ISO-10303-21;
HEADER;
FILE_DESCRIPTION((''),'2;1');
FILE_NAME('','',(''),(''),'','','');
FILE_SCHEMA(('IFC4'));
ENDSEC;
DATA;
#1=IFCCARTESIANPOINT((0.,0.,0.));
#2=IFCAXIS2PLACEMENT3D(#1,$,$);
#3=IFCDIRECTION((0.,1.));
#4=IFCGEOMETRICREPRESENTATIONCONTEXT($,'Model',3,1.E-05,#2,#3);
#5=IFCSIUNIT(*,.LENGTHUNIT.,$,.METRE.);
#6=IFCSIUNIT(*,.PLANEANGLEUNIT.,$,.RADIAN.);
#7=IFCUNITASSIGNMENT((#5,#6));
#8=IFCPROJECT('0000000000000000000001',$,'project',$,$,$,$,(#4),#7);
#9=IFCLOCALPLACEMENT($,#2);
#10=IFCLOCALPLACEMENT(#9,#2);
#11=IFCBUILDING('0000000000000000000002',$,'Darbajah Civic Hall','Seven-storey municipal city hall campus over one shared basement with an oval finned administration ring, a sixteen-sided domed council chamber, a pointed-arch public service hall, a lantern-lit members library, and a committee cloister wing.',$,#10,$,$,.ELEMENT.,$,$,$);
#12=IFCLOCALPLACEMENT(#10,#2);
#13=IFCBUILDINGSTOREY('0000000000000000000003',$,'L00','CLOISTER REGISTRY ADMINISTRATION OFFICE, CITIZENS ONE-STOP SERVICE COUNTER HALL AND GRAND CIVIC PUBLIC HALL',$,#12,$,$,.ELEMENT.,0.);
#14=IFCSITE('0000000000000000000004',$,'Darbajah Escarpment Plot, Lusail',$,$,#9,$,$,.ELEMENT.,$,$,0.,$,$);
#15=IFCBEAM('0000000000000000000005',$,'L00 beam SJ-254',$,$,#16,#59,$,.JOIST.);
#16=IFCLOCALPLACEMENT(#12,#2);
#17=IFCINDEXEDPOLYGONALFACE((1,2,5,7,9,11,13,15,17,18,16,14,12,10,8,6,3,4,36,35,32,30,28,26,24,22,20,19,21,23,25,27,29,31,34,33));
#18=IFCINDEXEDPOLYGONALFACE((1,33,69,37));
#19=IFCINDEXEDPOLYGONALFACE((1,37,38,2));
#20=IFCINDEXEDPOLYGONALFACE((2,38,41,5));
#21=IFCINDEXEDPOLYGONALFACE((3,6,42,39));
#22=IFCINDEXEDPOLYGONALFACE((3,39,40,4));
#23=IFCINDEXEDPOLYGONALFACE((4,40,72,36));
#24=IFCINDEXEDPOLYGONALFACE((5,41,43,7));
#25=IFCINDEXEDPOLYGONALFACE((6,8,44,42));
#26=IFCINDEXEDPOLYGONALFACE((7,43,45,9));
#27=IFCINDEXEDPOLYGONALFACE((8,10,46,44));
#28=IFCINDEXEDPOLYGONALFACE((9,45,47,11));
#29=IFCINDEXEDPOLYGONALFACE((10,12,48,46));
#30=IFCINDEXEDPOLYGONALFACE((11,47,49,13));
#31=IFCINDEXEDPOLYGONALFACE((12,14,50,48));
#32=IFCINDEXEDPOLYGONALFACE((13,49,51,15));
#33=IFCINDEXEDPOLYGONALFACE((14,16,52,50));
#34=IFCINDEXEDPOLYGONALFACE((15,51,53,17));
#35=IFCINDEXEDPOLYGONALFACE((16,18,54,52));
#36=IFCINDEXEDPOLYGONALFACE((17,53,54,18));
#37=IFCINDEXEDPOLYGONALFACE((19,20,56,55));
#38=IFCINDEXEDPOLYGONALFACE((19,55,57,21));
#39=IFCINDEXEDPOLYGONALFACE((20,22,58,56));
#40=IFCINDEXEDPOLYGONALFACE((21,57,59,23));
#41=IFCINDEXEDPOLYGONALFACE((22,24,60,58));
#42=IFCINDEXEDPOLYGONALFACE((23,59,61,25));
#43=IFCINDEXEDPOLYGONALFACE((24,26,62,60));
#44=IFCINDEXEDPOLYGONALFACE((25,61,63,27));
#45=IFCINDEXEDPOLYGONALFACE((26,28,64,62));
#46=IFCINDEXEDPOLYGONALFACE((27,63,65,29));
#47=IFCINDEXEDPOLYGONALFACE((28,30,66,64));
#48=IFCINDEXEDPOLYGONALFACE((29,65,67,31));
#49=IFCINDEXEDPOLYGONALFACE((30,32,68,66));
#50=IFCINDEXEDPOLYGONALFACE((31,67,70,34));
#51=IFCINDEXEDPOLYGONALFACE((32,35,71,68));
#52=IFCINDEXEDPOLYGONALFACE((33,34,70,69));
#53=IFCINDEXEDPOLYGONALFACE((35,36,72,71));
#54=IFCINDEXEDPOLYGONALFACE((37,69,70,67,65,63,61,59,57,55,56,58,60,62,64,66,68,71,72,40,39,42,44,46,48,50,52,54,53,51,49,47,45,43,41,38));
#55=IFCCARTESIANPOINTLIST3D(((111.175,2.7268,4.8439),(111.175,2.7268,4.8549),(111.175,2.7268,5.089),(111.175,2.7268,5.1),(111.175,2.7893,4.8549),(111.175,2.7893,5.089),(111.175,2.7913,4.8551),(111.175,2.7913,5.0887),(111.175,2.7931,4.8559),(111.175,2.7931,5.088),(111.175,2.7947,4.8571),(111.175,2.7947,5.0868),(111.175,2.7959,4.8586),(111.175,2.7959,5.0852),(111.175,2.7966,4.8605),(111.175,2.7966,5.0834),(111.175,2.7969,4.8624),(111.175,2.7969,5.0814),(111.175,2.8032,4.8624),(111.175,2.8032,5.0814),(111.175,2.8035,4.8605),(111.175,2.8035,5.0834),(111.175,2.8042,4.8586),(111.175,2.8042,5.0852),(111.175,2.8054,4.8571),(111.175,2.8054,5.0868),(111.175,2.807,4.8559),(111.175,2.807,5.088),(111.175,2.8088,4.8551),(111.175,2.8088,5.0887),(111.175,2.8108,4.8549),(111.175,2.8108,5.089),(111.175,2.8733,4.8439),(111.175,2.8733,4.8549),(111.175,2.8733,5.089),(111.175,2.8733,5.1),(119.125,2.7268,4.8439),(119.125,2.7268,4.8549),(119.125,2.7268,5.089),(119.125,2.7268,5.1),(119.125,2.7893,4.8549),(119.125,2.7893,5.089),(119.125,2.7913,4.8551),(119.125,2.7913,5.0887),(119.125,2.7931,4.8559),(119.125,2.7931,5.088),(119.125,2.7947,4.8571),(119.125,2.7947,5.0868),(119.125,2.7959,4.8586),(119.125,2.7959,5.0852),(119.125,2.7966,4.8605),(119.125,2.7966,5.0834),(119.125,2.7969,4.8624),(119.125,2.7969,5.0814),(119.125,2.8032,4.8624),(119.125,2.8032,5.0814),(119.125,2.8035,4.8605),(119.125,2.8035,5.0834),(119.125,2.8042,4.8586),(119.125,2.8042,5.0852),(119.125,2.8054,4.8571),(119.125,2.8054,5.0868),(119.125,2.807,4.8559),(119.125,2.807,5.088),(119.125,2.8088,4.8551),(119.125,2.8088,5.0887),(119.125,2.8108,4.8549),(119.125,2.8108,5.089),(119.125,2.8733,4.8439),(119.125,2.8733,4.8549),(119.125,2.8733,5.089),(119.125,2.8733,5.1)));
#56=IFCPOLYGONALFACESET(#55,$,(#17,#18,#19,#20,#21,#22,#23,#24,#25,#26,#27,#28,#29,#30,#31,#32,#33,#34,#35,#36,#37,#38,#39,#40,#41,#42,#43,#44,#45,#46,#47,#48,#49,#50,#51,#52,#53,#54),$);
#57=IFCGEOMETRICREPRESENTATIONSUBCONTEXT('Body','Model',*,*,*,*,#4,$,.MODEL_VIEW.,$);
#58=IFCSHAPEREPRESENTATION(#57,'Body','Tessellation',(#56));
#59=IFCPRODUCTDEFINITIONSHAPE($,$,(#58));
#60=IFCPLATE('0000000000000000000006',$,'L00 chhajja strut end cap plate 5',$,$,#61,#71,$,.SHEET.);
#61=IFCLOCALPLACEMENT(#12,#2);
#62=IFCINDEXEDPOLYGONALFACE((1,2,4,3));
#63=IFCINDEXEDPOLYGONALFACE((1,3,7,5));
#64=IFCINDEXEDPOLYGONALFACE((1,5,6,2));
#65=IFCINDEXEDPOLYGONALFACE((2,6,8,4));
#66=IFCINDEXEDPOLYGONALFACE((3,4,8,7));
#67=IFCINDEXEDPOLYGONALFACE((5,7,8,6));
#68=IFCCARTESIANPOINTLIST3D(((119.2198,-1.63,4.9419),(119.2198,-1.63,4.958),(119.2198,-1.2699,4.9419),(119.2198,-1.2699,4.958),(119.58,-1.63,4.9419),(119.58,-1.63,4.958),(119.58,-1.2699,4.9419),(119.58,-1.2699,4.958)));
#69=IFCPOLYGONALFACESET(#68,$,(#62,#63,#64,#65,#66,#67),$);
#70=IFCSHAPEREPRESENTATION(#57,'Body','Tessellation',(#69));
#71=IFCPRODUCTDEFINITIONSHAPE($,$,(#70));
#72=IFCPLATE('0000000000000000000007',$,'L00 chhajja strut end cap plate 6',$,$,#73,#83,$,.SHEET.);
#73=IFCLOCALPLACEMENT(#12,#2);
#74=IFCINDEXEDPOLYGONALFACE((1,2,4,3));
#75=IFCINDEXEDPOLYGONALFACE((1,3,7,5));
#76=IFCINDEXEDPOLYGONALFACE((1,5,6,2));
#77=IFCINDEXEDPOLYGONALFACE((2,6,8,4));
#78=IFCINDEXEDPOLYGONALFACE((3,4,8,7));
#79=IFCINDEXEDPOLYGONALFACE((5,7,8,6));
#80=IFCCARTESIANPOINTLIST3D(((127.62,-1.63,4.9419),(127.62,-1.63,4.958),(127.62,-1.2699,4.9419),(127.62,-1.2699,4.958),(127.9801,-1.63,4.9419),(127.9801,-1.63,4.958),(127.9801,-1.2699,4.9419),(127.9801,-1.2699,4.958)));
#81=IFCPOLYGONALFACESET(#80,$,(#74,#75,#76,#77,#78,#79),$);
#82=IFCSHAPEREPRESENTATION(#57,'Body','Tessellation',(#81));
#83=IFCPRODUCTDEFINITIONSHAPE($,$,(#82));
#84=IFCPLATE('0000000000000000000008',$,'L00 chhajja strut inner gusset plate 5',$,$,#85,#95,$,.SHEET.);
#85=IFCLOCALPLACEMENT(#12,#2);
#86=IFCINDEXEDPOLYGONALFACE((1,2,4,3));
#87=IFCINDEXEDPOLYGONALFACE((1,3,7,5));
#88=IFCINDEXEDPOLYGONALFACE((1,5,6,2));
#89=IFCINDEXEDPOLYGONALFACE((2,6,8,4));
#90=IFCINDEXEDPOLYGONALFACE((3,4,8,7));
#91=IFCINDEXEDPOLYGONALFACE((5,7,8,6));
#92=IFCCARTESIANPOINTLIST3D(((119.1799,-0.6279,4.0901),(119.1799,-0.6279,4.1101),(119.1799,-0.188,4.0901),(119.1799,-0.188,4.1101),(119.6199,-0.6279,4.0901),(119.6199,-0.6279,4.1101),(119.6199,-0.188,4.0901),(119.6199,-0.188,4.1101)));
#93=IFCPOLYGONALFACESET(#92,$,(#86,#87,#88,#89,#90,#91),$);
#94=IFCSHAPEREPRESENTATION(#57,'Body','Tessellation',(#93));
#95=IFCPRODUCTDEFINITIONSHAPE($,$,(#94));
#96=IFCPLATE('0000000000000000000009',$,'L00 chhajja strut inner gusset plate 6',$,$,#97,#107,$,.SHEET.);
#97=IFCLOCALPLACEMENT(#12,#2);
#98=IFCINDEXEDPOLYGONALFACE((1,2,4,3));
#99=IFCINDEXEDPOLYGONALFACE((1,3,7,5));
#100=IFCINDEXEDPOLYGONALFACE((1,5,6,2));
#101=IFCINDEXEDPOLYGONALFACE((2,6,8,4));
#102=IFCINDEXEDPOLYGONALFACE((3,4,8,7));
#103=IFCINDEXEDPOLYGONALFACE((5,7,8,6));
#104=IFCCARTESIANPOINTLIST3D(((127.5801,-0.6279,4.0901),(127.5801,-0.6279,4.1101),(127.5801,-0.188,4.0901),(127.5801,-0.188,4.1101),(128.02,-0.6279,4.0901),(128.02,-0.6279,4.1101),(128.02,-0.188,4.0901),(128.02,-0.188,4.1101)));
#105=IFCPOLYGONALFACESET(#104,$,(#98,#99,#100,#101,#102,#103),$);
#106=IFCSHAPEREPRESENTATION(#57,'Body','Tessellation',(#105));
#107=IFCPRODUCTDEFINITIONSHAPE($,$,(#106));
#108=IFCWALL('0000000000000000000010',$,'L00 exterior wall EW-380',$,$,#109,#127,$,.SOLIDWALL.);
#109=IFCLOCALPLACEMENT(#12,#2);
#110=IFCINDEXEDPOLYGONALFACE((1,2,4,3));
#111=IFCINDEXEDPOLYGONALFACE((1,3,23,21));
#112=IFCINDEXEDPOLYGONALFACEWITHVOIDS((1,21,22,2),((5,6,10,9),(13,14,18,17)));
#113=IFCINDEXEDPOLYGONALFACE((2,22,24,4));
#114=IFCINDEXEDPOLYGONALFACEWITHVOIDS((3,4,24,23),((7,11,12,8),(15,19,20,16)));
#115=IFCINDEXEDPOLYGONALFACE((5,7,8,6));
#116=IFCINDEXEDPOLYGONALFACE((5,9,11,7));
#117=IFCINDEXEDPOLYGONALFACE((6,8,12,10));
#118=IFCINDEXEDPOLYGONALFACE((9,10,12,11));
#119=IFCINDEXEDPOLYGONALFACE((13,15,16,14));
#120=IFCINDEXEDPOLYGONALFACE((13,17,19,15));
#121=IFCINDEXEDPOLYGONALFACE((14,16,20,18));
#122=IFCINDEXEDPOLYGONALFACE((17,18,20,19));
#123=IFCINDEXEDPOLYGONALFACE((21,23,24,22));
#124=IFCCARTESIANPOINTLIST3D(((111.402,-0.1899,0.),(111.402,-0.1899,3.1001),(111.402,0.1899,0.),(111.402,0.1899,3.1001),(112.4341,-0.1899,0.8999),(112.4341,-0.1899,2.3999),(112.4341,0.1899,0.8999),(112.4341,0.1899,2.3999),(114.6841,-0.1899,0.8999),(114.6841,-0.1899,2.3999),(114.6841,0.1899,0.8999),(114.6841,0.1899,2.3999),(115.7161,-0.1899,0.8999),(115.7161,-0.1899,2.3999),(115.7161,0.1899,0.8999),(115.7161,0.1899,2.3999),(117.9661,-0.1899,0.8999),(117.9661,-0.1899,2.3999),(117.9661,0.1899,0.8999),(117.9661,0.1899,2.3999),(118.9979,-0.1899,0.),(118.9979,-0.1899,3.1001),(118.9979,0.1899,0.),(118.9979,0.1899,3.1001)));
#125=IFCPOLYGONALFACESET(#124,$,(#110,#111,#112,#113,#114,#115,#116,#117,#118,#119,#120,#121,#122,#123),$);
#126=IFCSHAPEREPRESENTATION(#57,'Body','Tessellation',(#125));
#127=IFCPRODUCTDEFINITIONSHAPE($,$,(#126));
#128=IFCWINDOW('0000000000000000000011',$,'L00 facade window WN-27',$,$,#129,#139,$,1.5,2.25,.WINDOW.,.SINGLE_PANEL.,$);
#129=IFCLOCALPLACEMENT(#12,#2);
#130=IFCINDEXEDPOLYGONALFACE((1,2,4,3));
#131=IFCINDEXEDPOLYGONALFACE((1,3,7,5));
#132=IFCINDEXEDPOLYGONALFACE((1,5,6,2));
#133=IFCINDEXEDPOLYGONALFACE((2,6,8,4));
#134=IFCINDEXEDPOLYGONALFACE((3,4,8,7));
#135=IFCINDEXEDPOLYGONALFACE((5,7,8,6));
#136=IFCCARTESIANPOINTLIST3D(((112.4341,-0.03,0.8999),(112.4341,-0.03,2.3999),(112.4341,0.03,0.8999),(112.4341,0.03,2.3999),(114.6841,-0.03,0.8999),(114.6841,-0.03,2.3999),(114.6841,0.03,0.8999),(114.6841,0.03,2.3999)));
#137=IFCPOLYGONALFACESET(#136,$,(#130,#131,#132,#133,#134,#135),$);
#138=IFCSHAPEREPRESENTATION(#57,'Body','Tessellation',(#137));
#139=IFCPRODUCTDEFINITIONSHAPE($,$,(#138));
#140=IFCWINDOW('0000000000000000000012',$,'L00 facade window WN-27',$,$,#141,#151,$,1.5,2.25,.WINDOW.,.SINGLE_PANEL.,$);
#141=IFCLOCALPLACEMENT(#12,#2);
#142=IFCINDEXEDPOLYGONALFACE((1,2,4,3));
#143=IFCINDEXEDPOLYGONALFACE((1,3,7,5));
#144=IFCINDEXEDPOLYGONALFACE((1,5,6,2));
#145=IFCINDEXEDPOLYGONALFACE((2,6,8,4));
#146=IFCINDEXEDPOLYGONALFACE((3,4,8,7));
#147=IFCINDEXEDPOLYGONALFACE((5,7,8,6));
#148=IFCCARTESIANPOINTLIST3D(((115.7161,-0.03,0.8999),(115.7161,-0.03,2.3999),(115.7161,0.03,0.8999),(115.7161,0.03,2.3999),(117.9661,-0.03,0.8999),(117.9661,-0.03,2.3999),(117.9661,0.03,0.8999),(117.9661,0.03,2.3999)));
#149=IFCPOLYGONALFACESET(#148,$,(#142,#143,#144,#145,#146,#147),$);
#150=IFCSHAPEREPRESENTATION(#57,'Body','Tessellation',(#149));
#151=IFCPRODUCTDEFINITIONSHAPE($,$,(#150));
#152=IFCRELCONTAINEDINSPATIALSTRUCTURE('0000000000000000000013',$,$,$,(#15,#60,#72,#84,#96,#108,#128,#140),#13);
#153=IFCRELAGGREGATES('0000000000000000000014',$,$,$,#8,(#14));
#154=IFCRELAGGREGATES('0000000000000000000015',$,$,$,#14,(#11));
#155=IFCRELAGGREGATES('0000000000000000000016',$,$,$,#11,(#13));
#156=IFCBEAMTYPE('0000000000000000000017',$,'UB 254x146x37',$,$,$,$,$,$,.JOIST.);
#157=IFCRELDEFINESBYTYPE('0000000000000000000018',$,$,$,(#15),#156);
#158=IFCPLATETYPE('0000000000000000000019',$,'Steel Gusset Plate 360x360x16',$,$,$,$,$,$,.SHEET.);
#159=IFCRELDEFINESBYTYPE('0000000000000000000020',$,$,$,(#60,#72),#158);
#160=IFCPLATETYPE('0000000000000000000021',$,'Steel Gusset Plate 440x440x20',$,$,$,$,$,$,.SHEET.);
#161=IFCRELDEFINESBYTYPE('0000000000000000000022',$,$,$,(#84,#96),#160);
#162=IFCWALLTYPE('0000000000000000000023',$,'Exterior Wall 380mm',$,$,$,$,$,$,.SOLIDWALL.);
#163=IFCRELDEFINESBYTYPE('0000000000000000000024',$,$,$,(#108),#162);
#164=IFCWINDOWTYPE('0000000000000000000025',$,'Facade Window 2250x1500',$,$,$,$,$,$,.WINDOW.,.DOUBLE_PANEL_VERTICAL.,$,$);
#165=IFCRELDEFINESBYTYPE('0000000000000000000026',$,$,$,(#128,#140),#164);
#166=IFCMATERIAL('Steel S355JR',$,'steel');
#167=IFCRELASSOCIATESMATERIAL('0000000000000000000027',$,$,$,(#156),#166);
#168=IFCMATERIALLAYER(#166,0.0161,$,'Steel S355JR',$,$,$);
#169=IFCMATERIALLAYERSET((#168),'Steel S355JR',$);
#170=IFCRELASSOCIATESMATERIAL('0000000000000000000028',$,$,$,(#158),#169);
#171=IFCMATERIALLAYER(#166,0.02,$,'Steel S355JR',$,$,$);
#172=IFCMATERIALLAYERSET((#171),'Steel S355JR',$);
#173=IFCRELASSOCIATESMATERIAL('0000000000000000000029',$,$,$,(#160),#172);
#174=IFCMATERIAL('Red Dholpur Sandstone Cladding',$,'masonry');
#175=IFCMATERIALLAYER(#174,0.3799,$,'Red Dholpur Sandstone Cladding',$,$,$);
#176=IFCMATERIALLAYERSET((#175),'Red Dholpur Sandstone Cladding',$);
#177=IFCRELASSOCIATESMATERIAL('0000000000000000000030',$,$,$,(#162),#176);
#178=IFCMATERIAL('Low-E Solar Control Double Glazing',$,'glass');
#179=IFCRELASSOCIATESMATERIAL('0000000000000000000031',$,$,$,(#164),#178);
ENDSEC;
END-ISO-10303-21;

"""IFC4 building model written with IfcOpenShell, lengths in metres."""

from ifc_helpers import new_model, si_unit, direction, frame, frame_2d, origin, origin_2d, place, context, subcontext, project, spatial, rectangle, i_section, extrude, material, layer, layer_set, material_profile, profile_set, type_object, element, fill, save


model = new_model("IFC4")

# Units and contexts
model_context = context("Model", 3, precision=1e-05, world=origin(), true_north=direction((0.0, 1.0)))
body_context = subcontext(model_context, "Body", "Model", "MODEL_VIEW")
ifc_project = project(units=[si_unit("LENGTHUNIT", "METRE"), si_unit("PLANEANGLEUNIT", "RADIAN")], contexts=[model_context])

# Site, building, storey
site_placement = place(None, origin())
site = spatial("IfcSite", under=ifc_project, at=site_placement, Name="Darbajah Escarpment Plot, Lusail", CompositionType="ELEMENT", RefElevation=0.0)
building_placement = place(site_placement, origin())
building = spatial("IfcBuilding", under=site, at=building_placement, Name="Darbajah Civic Hall", Description="Seven-storey municipal city hall campus over one shared basement with an oval finned administration ring, a sixteen-sided domed council chamber, a pointed-arch public service hall, a lantern-lit members library, and a committee cloister wing.", CompositionType="ELEMENT")
storey_placement = place(building_placement, origin())
storey = spatial("IfcBuildingStorey", under=building, at=storey_placement, Name="L00", Description="CLOISTER REGISTRY ADMINISTRATION OFFICE, CITIZENS ONE-STOP SERVICE COUNTER HALL AND GRAND CIVIC PUBLIC HALL", CompositionType="ELEMENT", Elevation=0.0)

# Shared definitions
ifc_material_1 = material(Name="Steel S355JR", Category="steel")

# Beam
ifc_material_profile_1 = material_profile(ifc_material_1, i_section(OverallWidth=0.1465, OverallDepth=0.2561, WebThickness=0.0063, FlangeThickness=0.011, FilletRadius=0.0076, at=origin_2d()), Name="UB 254x146x37")
ifc_profile_set_1 = profile_set([ifc_material_profile_1], Name="Steel S355JR")
beam_type_1 = type_object("IfcBeamType", Name="UB 254x146x37", PredefinedType="JOIST", material=ifc_profile_set_1)
beam_1_placement = place(storey_placement, frame((111.175, 2.8, 4.9719), z_axis=(1.0, 0.0, 0.0), x_axis=(0.0, 1.0, 0.0)))
element("IfcBeam", 1, at=beam_1_placement, inside=storey, type_object=beam_type_1, Name="L00 beam SJ-254", PredefinedType="JOIST", context=body_context, shape_type="SweptSolid", body=[
    extrude(i_section(OverallWidth=0.1465, OverallDepth=0.2561, WebThickness=0.0063, FlangeThickness=0.011, FilletRadius=0.0076, at=origin_2d()), origin(), (0.0, 0.0, 1.0), 7.95),
])

# Plates
ifc_layer_1 = layer(ifc_material_1, 0.0161, Name="Steel S355JR")
ifc_layer_set_1 = layer_set([ifc_layer_1], Name="Steel S355JR")
plate_type_1 = type_object("IfcPlateType", Name="Steel Gusset Plate 360x360x16", PredefinedType="SHEET", material=ifc_layer_set_1)
for number, where, z_axis, x_axis, name in (
    (2, (119.3999, -1.45, 4.9419), (0.0, 0.0, 1.0), (1.0, 0.0, 0.0), "L00 chhajja strut end cap plate 5"),
    (3, (127.8, -1.45, 4.9419), (0.0, 0.0, 1.0), (1.0, 0.0, 0.0), "L00 chhajja strut end cap plate 6"),
):
    element("IfcPlate", number, at=place(storey_placement, frame(where, z_axis=z_axis, x_axis=x_axis)), inside=storey, type_object=plate_type_1, Name=name, PredefinedType="SHEET", context=body_context, shape_type="SweptSolid", body=[
        extrude(rectangle(XDim=0.3601, YDim=0.3601, at=origin_2d()), origin(), (0.0, 0.0, 1.0), 0.0161),
    ])
ifc_layer_2 = layer(ifc_material_1, 0.02, Name="Steel S355JR")
ifc_layer_set_2 = layer_set([ifc_layer_2], Name="Steel S355JR")
plate_type_2 = type_object("IfcPlateType", Name="Steel Gusset Plate 440x440x20", PredefinedType="SHEET", material=ifc_layer_set_2)
for number, where, z_axis, x_axis, name in (
    (4, (119.3999, -0.408, 4.0901), (0.0, 0.0, 1.0), (1.0, 0.0, 0.0), "L00 chhajja strut inner gusset plate 5"),
    (5, (127.8, -0.408, 4.0901), (0.0, 0.0, 1.0), (1.0, 0.0, 0.0), "L00 chhajja strut inner gusset plate 6"),
):
    element("IfcPlate", number, at=place(storey_placement, frame(where, z_axis=z_axis, x_axis=x_axis)), inside=storey, type_object=plate_type_2, Name=name, PredefinedType="SHEET", context=body_context, shape_type="SweptSolid", body=[
        extrude(rectangle(XDim=0.4399, YDim=0.4399, at=origin_2d()), origin(), (0.0, 0.0, 1.0), 0.02),
    ])

# Wall, openings, windows
ifc_material_2 = material(Name="Red Dholpur Sandstone Cladding", Category="masonry")
ifc_layer_3 = layer(ifc_material_2, 0.3799, Name="Red Dholpur Sandstone Cladding")
ifc_layer_set_3 = layer_set([ifc_layer_3], Name="Red Dholpur Sandstone Cladding")
wall_type = type_object("IfcWallType", Name="Exterior Wall 380mm", PredefinedType="SOLIDWALL", material=ifc_layer_set_3)
wall_1_placement = place(storey_placement, frame((111.4021, 0.0, 0.0), z_axis=(0.0, 0.0, 1.0), x_axis=(1.0, 0.0, 0.0)))
wall_1 = element("IfcWall", 6, at=wall_1_placement, inside=storey, type_object=wall_type, Name="L00 exterior wall EW-380", PredefinedType="SOLIDWALL", context=body_context, shape_type="SweptSolid", body=[
    extrude(rectangle(XDim=7.5959, YDim=0.3799, at=frame_2d((3.7979, 0.0))), origin(), (0.0, 0.0, 1.0), 3.1001),
])
opening_1_placement = place(wall_1_placement, frame((1.032, 0.0, 0.8999)))
opening_1 = element("IfcOpeningElement", 7, at=opening_1_placement, cuts=wall_1, PredefinedType="OPENING", context=body_context, shape_type="SweptSolid", body=[
    extrude(rectangle(XDim=2.25, YDim=1.5, at=frame_2d((1.125, 0.75))), frame((0.0, 0.2, 0.0), z_axis=(0.0, -1.0, 0.0), x_axis=(1.0, 0.0, 0.0)), (0.0, 0.0, 1.0), 0.3999),
])
opening_2_placement = place(wall_1_placement, frame((4.314, 0.0, 0.8999)))
opening_2 = element("IfcOpeningElement", 8, at=opening_2_placement, cuts=wall_1, PredefinedType="OPENING", context=body_context, shape_type="SweptSolid", body=[
    extrude(rectangle(XDim=2.25, YDim=1.5, at=frame_2d((1.125, 0.75))), frame((0.0, 0.2, 0.0), z_axis=(0.0, -1.0, 0.0), x_axis=(1.0, 0.0, 0.0)), (0.0, 0.0, 1.0), 0.3999),
])
ifc_material_3 = material(Name="Low-E Solar Control Double Glazing", Category="glass")
window_type_1 = type_object("IfcWindowType", Name="Facade Window 2250x1500", PartitioningType="DOUBLE_PANEL_VERTICAL", PredefinedType="WINDOW", material=ifc_material_3)
window_1_placement = place(opening_1_placement, origin())
window_1 = element("IfcWindow", 9, at=window_1_placement, inside=storey, type_object=window_type_1, Name="L00 facade window WN-27", OverallHeight=1.5, OverallWidth=2.25, PartitioningType="SINGLE_PANEL", PredefinedType="WINDOW", context=body_context, shape_type="SweptSolid", body=[
    extrude(rectangle(XDim=2.25, YDim=1.5, at=frame_2d((1.125, 0.75))), frame((0.0, 0.03, 0.0), z_axis=(0.0, -1.0, 0.0), x_axis=(1.0, 0.0, 0.0)), (0.0, 0.0, 1.0), 0.0601),
])
fill(opening_1, window_1)
window_2_placement = place(opening_2_placement, origin())
window_2 = element("IfcWindow", 10, at=window_2_placement, inside=storey, type_object=window_type_1, Name="L00 facade window WN-27", OverallHeight=1.5, OverallWidth=2.25, PartitioningType="SINGLE_PANEL", PredefinedType="WINDOW", context=body_context, shape_type="SweptSolid", body=[
    extrude(rectangle(XDim=2.25, YDim=1.5, at=frame_2d((1.125, 0.75))), frame((0.0, 0.03, 0.0), z_axis=(0.0, -1.0, 0.0), x_axis=(1.0, 0.0, 0.0)), (0.0, 0.0, 1.0), 0.0601),
])
fill(opening_2, window_2)

save(model, "model.ifc")
